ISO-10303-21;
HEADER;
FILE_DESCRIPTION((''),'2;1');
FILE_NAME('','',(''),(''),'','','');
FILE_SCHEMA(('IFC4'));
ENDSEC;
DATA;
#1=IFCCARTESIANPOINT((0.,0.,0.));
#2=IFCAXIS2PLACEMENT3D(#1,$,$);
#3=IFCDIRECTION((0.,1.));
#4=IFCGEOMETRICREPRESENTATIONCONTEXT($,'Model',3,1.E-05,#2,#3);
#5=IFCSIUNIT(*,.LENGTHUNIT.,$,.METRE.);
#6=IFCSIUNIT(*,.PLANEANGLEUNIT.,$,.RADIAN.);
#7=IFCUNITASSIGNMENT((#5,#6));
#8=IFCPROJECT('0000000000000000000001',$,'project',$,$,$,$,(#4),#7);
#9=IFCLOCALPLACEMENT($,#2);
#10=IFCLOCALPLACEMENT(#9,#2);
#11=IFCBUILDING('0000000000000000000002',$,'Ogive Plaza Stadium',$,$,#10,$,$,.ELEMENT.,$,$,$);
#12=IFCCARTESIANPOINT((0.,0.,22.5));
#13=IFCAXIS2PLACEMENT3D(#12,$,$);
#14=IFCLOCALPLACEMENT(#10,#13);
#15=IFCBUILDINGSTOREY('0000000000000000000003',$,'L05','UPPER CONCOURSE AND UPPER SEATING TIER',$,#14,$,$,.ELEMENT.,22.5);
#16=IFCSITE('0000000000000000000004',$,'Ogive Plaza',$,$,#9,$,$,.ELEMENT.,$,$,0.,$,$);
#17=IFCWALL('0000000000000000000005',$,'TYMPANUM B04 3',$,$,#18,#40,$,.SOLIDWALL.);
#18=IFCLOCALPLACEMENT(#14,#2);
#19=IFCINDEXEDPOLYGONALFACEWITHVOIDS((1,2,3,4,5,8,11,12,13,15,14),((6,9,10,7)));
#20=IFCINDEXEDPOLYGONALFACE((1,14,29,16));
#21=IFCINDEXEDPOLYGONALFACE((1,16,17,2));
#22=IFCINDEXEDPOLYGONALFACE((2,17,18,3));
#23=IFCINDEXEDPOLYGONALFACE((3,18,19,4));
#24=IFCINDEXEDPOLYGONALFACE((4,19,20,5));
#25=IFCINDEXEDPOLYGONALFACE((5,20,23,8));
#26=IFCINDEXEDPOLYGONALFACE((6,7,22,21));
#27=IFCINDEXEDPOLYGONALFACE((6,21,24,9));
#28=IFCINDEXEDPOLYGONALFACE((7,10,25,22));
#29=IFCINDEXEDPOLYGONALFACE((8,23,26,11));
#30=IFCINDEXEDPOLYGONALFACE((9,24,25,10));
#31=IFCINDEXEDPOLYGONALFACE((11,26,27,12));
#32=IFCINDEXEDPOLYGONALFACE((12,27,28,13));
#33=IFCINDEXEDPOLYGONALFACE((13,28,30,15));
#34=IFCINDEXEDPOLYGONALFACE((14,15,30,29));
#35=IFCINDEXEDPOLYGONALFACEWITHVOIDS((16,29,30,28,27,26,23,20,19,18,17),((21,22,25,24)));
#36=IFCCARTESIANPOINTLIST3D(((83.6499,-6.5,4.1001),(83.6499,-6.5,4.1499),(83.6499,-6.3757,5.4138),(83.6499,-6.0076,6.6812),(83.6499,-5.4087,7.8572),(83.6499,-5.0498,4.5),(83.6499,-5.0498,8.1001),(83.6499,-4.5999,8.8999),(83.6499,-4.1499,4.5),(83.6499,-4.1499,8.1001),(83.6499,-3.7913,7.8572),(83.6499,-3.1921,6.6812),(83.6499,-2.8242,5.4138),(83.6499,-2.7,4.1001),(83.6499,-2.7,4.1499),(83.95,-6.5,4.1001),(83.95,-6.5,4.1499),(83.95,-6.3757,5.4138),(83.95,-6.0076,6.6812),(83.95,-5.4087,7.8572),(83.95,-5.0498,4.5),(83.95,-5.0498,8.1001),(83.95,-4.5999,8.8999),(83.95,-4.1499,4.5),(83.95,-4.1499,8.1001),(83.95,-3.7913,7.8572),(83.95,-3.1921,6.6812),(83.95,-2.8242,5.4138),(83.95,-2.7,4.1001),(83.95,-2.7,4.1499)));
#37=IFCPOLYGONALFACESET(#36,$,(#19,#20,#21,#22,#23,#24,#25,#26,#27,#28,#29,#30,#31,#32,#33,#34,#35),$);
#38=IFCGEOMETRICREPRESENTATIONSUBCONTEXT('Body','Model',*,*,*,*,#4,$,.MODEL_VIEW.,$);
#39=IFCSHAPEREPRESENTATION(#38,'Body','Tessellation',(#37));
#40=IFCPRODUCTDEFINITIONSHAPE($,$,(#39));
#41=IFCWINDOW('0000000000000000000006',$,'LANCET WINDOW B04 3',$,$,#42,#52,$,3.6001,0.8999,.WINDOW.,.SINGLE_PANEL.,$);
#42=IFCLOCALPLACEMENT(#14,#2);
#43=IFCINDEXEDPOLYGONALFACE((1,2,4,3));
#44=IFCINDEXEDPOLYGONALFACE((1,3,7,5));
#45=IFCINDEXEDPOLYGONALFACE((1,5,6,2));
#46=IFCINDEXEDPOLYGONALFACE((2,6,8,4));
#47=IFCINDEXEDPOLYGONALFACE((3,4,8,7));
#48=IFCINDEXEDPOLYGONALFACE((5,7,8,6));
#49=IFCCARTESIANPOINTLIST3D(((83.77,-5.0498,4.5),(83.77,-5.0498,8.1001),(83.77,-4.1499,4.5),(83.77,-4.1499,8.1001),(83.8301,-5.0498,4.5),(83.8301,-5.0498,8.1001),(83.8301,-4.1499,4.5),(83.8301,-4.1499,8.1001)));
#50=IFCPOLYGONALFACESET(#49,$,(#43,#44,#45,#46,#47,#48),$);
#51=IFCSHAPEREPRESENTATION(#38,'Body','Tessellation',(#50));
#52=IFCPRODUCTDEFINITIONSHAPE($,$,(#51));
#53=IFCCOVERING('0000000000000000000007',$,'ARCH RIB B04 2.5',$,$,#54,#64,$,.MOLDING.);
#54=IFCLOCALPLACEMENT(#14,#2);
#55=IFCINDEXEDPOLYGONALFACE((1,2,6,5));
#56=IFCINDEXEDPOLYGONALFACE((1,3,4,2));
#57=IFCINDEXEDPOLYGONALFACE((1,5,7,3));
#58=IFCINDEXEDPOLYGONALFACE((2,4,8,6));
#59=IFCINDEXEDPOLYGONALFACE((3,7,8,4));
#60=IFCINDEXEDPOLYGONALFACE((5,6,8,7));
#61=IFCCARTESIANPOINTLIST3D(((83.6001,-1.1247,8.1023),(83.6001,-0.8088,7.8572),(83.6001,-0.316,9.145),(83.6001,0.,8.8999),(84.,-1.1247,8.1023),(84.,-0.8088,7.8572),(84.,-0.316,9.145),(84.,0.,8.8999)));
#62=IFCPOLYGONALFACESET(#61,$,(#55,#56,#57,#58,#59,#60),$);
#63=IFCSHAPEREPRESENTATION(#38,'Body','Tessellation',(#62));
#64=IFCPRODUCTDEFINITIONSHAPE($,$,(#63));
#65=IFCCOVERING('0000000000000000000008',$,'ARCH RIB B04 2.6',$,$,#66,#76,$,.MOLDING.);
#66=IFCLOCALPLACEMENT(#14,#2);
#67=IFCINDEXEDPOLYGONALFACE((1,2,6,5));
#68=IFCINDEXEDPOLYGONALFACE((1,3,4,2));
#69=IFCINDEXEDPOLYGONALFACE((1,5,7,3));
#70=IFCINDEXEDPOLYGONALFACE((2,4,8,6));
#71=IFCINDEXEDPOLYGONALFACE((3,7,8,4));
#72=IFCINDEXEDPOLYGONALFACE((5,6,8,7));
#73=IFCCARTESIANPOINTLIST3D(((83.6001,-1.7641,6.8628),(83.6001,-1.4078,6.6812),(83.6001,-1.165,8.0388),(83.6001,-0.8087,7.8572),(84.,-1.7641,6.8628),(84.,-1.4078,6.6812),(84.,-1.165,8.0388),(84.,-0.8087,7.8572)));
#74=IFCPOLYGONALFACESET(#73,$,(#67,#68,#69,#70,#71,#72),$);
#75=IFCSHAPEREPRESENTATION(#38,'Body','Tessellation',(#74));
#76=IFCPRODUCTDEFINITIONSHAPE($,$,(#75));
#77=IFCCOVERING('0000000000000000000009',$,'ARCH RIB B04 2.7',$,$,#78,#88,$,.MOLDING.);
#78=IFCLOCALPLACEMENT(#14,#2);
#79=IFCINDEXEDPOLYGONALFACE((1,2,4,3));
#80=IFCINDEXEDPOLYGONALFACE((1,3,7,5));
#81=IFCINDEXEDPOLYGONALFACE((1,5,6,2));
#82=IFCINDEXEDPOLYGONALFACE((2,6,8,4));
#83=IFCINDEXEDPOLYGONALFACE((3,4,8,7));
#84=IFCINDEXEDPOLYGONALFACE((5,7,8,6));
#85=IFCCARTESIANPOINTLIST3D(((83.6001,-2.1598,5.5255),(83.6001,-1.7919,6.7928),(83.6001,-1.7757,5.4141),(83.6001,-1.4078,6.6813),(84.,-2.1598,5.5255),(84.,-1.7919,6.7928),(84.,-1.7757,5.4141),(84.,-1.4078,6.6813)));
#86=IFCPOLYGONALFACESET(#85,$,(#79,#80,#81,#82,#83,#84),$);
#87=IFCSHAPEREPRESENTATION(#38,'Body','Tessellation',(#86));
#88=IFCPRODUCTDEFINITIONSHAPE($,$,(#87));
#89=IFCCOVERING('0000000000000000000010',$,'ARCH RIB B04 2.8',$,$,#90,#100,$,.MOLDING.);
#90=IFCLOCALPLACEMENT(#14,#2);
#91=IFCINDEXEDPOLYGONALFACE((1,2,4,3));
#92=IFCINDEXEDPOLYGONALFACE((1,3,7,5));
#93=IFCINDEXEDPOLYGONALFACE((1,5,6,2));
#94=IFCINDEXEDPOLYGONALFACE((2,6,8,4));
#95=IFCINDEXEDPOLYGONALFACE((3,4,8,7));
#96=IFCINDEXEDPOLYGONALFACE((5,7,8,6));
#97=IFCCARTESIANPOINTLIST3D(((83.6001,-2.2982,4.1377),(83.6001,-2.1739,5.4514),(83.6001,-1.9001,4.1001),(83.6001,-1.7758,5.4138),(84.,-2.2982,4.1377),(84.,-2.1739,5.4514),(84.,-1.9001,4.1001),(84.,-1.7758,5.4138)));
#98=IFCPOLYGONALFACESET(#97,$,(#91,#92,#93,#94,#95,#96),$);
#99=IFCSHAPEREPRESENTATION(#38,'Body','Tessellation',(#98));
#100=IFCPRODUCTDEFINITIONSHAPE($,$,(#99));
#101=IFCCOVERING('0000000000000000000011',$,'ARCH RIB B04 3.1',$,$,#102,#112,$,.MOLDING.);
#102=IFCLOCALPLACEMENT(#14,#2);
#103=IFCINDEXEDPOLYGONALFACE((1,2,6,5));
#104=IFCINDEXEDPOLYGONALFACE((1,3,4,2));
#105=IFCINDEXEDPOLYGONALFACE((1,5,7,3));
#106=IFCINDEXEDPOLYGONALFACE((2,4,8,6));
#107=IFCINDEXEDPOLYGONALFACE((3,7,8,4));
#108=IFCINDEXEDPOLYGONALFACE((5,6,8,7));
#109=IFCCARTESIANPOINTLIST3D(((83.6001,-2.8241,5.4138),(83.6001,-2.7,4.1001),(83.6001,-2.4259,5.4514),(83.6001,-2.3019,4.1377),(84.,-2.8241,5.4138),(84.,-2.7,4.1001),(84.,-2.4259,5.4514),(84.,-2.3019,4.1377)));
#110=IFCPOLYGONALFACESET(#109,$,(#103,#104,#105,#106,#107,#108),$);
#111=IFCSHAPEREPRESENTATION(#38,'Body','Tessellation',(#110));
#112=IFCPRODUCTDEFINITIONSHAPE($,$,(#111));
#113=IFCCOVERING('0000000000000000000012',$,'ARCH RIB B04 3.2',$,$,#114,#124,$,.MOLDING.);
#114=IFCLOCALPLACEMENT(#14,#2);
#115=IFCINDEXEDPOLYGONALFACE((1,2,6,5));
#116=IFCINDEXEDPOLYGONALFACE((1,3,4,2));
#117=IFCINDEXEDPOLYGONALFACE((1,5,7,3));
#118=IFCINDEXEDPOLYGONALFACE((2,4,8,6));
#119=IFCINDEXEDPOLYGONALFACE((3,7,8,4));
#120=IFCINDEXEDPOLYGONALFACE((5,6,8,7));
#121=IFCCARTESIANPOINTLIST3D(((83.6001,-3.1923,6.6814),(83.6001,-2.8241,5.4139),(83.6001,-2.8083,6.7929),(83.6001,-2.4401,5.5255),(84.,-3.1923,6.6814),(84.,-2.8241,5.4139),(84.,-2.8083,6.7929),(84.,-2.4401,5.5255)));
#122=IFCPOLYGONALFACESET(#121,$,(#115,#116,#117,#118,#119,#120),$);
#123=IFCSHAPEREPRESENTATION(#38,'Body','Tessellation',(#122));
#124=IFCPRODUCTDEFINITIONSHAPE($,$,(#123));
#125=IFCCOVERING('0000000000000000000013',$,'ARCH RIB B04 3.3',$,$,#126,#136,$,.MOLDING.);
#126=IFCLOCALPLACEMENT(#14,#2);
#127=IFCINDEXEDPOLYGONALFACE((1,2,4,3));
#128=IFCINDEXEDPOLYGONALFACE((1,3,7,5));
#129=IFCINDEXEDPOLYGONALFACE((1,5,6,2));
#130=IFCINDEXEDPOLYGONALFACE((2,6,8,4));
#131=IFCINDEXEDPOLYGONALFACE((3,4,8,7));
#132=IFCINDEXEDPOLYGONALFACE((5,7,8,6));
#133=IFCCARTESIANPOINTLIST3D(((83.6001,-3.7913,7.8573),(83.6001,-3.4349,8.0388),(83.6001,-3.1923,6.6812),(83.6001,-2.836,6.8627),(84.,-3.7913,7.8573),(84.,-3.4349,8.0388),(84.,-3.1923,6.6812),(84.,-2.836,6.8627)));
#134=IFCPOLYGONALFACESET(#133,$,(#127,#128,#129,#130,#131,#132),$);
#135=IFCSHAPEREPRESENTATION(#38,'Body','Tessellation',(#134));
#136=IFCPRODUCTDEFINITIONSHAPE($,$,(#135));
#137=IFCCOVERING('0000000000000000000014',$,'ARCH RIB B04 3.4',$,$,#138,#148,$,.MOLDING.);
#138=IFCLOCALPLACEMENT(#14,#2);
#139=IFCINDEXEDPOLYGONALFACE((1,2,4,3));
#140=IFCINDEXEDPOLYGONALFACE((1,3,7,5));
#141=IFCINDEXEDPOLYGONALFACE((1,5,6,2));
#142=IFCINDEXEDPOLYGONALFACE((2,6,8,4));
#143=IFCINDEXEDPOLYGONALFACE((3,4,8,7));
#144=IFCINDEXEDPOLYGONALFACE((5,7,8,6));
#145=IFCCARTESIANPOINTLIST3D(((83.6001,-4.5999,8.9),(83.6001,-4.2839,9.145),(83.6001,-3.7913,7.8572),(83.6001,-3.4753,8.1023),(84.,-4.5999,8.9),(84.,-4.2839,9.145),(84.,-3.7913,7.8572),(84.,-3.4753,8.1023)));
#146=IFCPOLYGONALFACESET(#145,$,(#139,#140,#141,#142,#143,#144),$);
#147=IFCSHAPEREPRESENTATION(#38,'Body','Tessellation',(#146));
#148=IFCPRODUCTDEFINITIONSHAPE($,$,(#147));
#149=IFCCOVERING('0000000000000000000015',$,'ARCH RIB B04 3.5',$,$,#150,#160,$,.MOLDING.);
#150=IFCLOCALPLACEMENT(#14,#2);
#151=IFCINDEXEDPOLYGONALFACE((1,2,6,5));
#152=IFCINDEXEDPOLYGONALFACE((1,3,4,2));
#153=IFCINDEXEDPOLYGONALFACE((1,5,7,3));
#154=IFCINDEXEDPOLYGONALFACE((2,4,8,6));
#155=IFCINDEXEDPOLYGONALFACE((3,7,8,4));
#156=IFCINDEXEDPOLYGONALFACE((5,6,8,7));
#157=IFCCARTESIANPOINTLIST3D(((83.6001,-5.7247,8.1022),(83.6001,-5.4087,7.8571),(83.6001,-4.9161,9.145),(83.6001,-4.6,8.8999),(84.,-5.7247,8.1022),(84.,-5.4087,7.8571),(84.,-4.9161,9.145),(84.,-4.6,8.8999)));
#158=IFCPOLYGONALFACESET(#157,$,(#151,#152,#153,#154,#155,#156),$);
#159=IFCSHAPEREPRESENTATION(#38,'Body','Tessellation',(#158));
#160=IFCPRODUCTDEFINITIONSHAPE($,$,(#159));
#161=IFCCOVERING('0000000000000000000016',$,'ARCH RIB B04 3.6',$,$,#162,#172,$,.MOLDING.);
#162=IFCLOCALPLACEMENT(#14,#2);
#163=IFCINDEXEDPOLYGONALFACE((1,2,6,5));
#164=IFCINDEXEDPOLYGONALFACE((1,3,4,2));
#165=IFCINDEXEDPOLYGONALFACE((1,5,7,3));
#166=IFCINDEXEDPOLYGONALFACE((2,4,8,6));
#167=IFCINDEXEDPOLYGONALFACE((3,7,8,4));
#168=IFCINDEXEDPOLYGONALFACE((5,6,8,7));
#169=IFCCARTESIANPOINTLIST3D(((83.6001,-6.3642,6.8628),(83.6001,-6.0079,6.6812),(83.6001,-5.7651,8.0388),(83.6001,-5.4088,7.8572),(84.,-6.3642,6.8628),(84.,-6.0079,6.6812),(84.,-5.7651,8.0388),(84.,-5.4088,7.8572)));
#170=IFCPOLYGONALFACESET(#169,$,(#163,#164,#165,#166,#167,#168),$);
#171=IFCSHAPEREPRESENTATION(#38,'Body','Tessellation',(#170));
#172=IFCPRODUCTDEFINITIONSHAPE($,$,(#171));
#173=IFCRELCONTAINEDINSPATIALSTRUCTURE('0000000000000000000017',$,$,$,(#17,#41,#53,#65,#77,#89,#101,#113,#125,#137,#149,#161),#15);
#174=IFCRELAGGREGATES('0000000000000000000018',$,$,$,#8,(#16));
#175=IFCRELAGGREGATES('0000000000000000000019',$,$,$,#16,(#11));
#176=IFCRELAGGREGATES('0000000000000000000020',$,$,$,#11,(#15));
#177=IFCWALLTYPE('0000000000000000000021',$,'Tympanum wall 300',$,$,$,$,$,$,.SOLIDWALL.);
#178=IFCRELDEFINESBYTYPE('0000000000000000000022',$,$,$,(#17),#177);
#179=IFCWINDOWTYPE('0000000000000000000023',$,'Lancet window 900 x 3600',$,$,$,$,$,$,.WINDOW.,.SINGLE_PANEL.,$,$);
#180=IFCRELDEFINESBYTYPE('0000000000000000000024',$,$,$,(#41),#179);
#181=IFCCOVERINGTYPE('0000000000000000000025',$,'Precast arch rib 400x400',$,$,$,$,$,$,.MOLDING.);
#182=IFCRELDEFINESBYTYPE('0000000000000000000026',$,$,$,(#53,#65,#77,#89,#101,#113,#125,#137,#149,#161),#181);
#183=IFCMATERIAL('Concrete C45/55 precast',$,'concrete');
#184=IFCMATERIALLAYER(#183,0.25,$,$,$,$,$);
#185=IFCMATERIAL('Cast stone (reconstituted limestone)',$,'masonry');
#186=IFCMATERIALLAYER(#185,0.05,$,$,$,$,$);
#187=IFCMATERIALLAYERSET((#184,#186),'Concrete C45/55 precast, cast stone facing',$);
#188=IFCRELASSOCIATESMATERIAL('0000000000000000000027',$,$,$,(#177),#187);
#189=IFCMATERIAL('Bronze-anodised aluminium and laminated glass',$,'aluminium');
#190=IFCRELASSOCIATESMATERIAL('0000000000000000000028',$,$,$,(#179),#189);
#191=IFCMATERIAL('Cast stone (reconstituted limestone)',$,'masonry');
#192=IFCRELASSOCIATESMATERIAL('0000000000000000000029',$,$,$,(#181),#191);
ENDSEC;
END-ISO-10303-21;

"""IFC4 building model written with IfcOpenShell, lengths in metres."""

from ifc_helpers import new_model, si_unit, direction, frame, frame_2d, origin, origin_2d, place, context, subcontext, project, spatial, polyline, rectangle, outline, extrude, material, layer, layer_set, material_profile, profile_set, type_object, element, fill, save


model = new_model("IFC4")

# Units and contexts
model_context = context("Model", 3, precision=1e-05, world=origin(), true_north=direction((0.0, 1.0)))
body_context = subcontext(model_context, "Body", "Model", "MODEL_VIEW")
ifc_project = project(units=[si_unit("LENGTHUNIT", "METRE"), si_unit("PLANEANGLEUNIT", "RADIAN")], contexts=[model_context])

# Site, building, storey
site_placement = place(None, origin())
site = spatial("IfcSite", under=ifc_project, at=site_placement, Name="Ogive Plaza", CompositionType="ELEMENT", RefElevation=0.0)
building_placement = place(site_placement, origin())
building = spatial("IfcBuilding", under=site, at=building_placement, Name="Ogive Plaza Stadium", CompositionType="ELEMENT")
storey_placement = place(building_placement, frame((0.0, 0.0, 22.5)))
storey = spatial("IfcBuildingStorey", under=building, at=storey_placement, Name="L05", Description="UPPER CONCOURSE AND UPPER SEATING TIER", CompositionType="ELEMENT", Elevation=22.5)

# Wall, opening, window
ifc_material_1 = material(Name="Concrete C45/55 precast", Category="concrete")
ifc_layer_1 = layer(ifc_material_1, 0.25)
ifc_material_2 = material(Name="Cast stone (reconstituted limestone)", Category="masonry")
ifc_layer_2 = layer(ifc_material_2, 0.05)
ifc_layer_set_1 = layer_set([ifc_layer_1, ifc_layer_2], Name="Concrete C45/55 precast, cast stone facing")
wall_type = type_object("IfcWallType", Name="Tympanum wall 300", PredefinedType="SOLIDWALL", material=ifc_layer_set_1)
wall_placement = place(storey_placement, frame((83.8, -2.7, 4.1001), z_axis=(0.0, 0.0, 1.0), x_axis=(0.0, -1.0, 0.0)))
wall = element("IfcWall", 1, at=wall_placement, inside=storey, type_object=wall_type, Name="TYMPANUM B04 3", PredefinedType="SOLIDWALL", context=body_context, shape_type="SweptSolid", body=[
    extrude(outline(polyline([(0.0, 0.0), (3.8, 0.0), (3.8, 0.0498), (3.6758, 1.3137), (3.3076, 2.5811), (2.7087, 3.7571), (1.8999, 4.7998), (1.0913, 3.7571), (0.4922, 2.5811), (0.1243, 1.3137), (0.0, 0.0498), (0.0, 0.0)])), frame((0.0, 0.1499, 0.0), z_axis=(0.0, -1.0, 0.0), x_axis=(1.0, 0.0, 0.0)), (0.0, 0.0, 1.0), 0.3),
])
opening_placement = place(wall_placement, frame((1.45, 0.0, 0.3999)))
opening = element("IfcOpeningElement", 2, at=opening_placement, cuts=wall, PredefinedType="OPENING", context=body_context, shape_type="SweptSolid", body=[
    extrude(rectangle(XDim=0.8999, YDim=3.6001, at=frame_2d((0.45, 1.8))), frame((0.0, 0.1602, 0.0), z_axis=(0.0, -1.0, 0.0), x_axis=(1.0, 0.0, 0.0)), (0.0, 0.0, 1.0), 0.3201),
])
ifc_material_3 = material(Name="Bronze-anodised aluminium and laminated glass", Category="aluminium")
window_type = type_object("IfcWindowType", Name="Lancet window 900 x 3600", PartitioningType="SINGLE_PANEL", PredefinedType="WINDOW", material=ifc_material_3)
window_placement = place(opening_placement, origin())
window = element("IfcWindow", 3, at=window_placement, inside=storey, type_object=window_type, Name="LANCET WINDOW B04 3", OverallHeight=3.6001, OverallWidth=0.8999, PartitioningType="SINGLE_PANEL", PredefinedType="WINDOW", context=body_context, shape_type="SweptSolid", body=[
    extrude(rectangle(XDim=0.8999, YDim=3.6001, at=frame_2d((0.45, 1.8))), frame((0.0, 0.03, 0.0), z_axis=(0.0, -1.0, 0.0), x_axis=(1.0, 0.0, 0.0)), (0.0, 0.0, 1.0), 0.0601),
])
fill(opening, window)

# Coverings
ifc_material_4 = material(Name="Cast stone (reconstituted limestone)", Category="masonry")
ifc_material_profile_1 = material_profile(ifc_material_4, rectangle(XDim=0.3999, YDim=0.3999, at=origin_2d()), Name="Cast stone 400x400")
ifc_profile_set_1 = profile_set([ifc_material_profile_1], Name="Cast stone (reconstituted limestone)")
covering_type = type_object("IfcCoveringType", Name="Precast arch rib 400x400", PredefinedType="MOLDING", material=ifc_profile_set_1)
covering_1_placement = place(storey_placement, frame((83.8, -0.158, 9.0225), z_axis=(0.0, -0.612915, -0.790148), x_axis=(1.0, 0.0, 0.0)))
element("IfcCovering", 4, at=covering_1_placement, inside=storey, type_object=covering_type, Name="ARCH RIB B04 2.5", PredefinedType="MOLDING", context=body_context, shape_type="SweptSolid", body=[
    extrude(rectangle(XDim=0.3999, YDim=0.3999, at=origin_2d()), origin(), (0.0, 0.0, 1.0), 1.3196),
])
covering_2_placement = place(storey_placement, frame((83.8, -0.9868, 7.948), z_axis=(0.0, -0.453934, -0.891035), x_axis=(1.0, 0.0, 0.0)))
element("IfcCovering", 5, at=covering_2_placement, inside=storey, type_object=covering_type, Name="ARCH RIB B04 2.6", PredefinedType="MOLDING", context=body_context, shape_type="SweptSolid", body=[
    extrude(rectangle(XDim=0.3999, YDim=0.3999, at=origin_2d()), origin(), (0.0, 0.0, 1.0), 1.3198),
])
for number, where, z_axis, x_axis, name in (
    (6, (83.8, -1.5999, 6.7371), (0.0, -0.278799, -0.960349), (1.0, 0.0, 0.0), "ARCH RIB B04 2.7"),
    (7, (83.8, -1.9749, 5.4326), (0.0, -0.094172, -0.995556), (1.0, 0.0, 0.0), "ARCH RIB B04 2.8"),
    (8, (83.8, -2.501, 4.1189), (0.0, -0.093988, 0.995573), (1.0, 0.0, 0.0), "ARCH RIB B04 3.1"),
):
    element("IfcCovering", number, at=place(storey_placement, frame(where, z_axis=z_axis, x_axis=x_axis)), inside=storey, type_object=covering_type, Name=name, PredefinedType="MOLDING", context=body_context, shape_type="SweptSolid", body=[
        extrude(rectangle(XDim=0.3999, YDim=0.3999, at=origin_2d()), origin(), (0.0, 0.0, 1.0), 1.3196),
    ])
for number, where, z_axis, x_axis, name in (
    (9, (83.8, -2.6321, 5.4697), (0.0, -0.27897, 0.9603), (1.0, 0.0, 0.0), "ARCH RIB B04 3.2"),
    (10, (83.8, -3.0142, 6.772), (0.0, -0.453787, 0.89111), (1.0, 0.0, 0.0), "ARCH RIB B04 3.3"),
):
    element("IfcCovering", number, at=place(storey_placement, frame(where, z_axis=z_axis, x_axis=x_axis)), inside=storey, type_object=covering_type, Name=name, PredefinedType="MOLDING", context=body_context, shape_type="SweptSolid", body=[
        extrude(rectangle(XDim=0.3999, YDim=0.3999, at=origin_2d()), origin(), (0.0, 0.0, 1.0), 1.3198),
    ])
for number, where, z_axis, x_axis, name in (
    (11, (83.8, -3.6333, 7.9797), (0.0, -0.6128, 0.790238), (1.0, 0.0, 0.0), "ARCH RIB B04 3.4"),
    (12, (83.8, -4.7581, 9.0225), (0.0, -0.6128, -0.790238), (1.0, 0.0, 0.0), "ARCH RIB B04 3.5"),
):
    element("IfcCovering", number, at=place(storey_placement, frame(where, z_axis=z_axis, x_axis=x_axis)), inside=storey, type_object=covering_type, Name=name, PredefinedType="MOLDING", context=body_context, shape_type="SweptSolid", body=[
        extrude(rectangle(XDim=0.3999, YDim=0.3999, at=origin_2d()), origin(), (0.0, 0.0, 1.0), 1.3196),
    ])
covering_3_placement = place(storey_placement, frame((83.8, -5.5869, 7.948), z_axis=(0.0, -0.453934, -0.891035), x_axis=(1.0, 0.0, 0.0)))
element("IfcCovering", 13, at=covering_3_placement, inside=storey, type_object=covering_type, Name="ARCH RIB B04 3.6", PredefinedType="MOLDING", context=body_context, shape_type="SweptSolid", body=[
    extrude(rectangle(XDim=0.3999, YDim=0.3999, at=origin_2d()), origin(), (0.0, 0.0, 1.0), 1.3198),
])

save(model, "model.ifc")
